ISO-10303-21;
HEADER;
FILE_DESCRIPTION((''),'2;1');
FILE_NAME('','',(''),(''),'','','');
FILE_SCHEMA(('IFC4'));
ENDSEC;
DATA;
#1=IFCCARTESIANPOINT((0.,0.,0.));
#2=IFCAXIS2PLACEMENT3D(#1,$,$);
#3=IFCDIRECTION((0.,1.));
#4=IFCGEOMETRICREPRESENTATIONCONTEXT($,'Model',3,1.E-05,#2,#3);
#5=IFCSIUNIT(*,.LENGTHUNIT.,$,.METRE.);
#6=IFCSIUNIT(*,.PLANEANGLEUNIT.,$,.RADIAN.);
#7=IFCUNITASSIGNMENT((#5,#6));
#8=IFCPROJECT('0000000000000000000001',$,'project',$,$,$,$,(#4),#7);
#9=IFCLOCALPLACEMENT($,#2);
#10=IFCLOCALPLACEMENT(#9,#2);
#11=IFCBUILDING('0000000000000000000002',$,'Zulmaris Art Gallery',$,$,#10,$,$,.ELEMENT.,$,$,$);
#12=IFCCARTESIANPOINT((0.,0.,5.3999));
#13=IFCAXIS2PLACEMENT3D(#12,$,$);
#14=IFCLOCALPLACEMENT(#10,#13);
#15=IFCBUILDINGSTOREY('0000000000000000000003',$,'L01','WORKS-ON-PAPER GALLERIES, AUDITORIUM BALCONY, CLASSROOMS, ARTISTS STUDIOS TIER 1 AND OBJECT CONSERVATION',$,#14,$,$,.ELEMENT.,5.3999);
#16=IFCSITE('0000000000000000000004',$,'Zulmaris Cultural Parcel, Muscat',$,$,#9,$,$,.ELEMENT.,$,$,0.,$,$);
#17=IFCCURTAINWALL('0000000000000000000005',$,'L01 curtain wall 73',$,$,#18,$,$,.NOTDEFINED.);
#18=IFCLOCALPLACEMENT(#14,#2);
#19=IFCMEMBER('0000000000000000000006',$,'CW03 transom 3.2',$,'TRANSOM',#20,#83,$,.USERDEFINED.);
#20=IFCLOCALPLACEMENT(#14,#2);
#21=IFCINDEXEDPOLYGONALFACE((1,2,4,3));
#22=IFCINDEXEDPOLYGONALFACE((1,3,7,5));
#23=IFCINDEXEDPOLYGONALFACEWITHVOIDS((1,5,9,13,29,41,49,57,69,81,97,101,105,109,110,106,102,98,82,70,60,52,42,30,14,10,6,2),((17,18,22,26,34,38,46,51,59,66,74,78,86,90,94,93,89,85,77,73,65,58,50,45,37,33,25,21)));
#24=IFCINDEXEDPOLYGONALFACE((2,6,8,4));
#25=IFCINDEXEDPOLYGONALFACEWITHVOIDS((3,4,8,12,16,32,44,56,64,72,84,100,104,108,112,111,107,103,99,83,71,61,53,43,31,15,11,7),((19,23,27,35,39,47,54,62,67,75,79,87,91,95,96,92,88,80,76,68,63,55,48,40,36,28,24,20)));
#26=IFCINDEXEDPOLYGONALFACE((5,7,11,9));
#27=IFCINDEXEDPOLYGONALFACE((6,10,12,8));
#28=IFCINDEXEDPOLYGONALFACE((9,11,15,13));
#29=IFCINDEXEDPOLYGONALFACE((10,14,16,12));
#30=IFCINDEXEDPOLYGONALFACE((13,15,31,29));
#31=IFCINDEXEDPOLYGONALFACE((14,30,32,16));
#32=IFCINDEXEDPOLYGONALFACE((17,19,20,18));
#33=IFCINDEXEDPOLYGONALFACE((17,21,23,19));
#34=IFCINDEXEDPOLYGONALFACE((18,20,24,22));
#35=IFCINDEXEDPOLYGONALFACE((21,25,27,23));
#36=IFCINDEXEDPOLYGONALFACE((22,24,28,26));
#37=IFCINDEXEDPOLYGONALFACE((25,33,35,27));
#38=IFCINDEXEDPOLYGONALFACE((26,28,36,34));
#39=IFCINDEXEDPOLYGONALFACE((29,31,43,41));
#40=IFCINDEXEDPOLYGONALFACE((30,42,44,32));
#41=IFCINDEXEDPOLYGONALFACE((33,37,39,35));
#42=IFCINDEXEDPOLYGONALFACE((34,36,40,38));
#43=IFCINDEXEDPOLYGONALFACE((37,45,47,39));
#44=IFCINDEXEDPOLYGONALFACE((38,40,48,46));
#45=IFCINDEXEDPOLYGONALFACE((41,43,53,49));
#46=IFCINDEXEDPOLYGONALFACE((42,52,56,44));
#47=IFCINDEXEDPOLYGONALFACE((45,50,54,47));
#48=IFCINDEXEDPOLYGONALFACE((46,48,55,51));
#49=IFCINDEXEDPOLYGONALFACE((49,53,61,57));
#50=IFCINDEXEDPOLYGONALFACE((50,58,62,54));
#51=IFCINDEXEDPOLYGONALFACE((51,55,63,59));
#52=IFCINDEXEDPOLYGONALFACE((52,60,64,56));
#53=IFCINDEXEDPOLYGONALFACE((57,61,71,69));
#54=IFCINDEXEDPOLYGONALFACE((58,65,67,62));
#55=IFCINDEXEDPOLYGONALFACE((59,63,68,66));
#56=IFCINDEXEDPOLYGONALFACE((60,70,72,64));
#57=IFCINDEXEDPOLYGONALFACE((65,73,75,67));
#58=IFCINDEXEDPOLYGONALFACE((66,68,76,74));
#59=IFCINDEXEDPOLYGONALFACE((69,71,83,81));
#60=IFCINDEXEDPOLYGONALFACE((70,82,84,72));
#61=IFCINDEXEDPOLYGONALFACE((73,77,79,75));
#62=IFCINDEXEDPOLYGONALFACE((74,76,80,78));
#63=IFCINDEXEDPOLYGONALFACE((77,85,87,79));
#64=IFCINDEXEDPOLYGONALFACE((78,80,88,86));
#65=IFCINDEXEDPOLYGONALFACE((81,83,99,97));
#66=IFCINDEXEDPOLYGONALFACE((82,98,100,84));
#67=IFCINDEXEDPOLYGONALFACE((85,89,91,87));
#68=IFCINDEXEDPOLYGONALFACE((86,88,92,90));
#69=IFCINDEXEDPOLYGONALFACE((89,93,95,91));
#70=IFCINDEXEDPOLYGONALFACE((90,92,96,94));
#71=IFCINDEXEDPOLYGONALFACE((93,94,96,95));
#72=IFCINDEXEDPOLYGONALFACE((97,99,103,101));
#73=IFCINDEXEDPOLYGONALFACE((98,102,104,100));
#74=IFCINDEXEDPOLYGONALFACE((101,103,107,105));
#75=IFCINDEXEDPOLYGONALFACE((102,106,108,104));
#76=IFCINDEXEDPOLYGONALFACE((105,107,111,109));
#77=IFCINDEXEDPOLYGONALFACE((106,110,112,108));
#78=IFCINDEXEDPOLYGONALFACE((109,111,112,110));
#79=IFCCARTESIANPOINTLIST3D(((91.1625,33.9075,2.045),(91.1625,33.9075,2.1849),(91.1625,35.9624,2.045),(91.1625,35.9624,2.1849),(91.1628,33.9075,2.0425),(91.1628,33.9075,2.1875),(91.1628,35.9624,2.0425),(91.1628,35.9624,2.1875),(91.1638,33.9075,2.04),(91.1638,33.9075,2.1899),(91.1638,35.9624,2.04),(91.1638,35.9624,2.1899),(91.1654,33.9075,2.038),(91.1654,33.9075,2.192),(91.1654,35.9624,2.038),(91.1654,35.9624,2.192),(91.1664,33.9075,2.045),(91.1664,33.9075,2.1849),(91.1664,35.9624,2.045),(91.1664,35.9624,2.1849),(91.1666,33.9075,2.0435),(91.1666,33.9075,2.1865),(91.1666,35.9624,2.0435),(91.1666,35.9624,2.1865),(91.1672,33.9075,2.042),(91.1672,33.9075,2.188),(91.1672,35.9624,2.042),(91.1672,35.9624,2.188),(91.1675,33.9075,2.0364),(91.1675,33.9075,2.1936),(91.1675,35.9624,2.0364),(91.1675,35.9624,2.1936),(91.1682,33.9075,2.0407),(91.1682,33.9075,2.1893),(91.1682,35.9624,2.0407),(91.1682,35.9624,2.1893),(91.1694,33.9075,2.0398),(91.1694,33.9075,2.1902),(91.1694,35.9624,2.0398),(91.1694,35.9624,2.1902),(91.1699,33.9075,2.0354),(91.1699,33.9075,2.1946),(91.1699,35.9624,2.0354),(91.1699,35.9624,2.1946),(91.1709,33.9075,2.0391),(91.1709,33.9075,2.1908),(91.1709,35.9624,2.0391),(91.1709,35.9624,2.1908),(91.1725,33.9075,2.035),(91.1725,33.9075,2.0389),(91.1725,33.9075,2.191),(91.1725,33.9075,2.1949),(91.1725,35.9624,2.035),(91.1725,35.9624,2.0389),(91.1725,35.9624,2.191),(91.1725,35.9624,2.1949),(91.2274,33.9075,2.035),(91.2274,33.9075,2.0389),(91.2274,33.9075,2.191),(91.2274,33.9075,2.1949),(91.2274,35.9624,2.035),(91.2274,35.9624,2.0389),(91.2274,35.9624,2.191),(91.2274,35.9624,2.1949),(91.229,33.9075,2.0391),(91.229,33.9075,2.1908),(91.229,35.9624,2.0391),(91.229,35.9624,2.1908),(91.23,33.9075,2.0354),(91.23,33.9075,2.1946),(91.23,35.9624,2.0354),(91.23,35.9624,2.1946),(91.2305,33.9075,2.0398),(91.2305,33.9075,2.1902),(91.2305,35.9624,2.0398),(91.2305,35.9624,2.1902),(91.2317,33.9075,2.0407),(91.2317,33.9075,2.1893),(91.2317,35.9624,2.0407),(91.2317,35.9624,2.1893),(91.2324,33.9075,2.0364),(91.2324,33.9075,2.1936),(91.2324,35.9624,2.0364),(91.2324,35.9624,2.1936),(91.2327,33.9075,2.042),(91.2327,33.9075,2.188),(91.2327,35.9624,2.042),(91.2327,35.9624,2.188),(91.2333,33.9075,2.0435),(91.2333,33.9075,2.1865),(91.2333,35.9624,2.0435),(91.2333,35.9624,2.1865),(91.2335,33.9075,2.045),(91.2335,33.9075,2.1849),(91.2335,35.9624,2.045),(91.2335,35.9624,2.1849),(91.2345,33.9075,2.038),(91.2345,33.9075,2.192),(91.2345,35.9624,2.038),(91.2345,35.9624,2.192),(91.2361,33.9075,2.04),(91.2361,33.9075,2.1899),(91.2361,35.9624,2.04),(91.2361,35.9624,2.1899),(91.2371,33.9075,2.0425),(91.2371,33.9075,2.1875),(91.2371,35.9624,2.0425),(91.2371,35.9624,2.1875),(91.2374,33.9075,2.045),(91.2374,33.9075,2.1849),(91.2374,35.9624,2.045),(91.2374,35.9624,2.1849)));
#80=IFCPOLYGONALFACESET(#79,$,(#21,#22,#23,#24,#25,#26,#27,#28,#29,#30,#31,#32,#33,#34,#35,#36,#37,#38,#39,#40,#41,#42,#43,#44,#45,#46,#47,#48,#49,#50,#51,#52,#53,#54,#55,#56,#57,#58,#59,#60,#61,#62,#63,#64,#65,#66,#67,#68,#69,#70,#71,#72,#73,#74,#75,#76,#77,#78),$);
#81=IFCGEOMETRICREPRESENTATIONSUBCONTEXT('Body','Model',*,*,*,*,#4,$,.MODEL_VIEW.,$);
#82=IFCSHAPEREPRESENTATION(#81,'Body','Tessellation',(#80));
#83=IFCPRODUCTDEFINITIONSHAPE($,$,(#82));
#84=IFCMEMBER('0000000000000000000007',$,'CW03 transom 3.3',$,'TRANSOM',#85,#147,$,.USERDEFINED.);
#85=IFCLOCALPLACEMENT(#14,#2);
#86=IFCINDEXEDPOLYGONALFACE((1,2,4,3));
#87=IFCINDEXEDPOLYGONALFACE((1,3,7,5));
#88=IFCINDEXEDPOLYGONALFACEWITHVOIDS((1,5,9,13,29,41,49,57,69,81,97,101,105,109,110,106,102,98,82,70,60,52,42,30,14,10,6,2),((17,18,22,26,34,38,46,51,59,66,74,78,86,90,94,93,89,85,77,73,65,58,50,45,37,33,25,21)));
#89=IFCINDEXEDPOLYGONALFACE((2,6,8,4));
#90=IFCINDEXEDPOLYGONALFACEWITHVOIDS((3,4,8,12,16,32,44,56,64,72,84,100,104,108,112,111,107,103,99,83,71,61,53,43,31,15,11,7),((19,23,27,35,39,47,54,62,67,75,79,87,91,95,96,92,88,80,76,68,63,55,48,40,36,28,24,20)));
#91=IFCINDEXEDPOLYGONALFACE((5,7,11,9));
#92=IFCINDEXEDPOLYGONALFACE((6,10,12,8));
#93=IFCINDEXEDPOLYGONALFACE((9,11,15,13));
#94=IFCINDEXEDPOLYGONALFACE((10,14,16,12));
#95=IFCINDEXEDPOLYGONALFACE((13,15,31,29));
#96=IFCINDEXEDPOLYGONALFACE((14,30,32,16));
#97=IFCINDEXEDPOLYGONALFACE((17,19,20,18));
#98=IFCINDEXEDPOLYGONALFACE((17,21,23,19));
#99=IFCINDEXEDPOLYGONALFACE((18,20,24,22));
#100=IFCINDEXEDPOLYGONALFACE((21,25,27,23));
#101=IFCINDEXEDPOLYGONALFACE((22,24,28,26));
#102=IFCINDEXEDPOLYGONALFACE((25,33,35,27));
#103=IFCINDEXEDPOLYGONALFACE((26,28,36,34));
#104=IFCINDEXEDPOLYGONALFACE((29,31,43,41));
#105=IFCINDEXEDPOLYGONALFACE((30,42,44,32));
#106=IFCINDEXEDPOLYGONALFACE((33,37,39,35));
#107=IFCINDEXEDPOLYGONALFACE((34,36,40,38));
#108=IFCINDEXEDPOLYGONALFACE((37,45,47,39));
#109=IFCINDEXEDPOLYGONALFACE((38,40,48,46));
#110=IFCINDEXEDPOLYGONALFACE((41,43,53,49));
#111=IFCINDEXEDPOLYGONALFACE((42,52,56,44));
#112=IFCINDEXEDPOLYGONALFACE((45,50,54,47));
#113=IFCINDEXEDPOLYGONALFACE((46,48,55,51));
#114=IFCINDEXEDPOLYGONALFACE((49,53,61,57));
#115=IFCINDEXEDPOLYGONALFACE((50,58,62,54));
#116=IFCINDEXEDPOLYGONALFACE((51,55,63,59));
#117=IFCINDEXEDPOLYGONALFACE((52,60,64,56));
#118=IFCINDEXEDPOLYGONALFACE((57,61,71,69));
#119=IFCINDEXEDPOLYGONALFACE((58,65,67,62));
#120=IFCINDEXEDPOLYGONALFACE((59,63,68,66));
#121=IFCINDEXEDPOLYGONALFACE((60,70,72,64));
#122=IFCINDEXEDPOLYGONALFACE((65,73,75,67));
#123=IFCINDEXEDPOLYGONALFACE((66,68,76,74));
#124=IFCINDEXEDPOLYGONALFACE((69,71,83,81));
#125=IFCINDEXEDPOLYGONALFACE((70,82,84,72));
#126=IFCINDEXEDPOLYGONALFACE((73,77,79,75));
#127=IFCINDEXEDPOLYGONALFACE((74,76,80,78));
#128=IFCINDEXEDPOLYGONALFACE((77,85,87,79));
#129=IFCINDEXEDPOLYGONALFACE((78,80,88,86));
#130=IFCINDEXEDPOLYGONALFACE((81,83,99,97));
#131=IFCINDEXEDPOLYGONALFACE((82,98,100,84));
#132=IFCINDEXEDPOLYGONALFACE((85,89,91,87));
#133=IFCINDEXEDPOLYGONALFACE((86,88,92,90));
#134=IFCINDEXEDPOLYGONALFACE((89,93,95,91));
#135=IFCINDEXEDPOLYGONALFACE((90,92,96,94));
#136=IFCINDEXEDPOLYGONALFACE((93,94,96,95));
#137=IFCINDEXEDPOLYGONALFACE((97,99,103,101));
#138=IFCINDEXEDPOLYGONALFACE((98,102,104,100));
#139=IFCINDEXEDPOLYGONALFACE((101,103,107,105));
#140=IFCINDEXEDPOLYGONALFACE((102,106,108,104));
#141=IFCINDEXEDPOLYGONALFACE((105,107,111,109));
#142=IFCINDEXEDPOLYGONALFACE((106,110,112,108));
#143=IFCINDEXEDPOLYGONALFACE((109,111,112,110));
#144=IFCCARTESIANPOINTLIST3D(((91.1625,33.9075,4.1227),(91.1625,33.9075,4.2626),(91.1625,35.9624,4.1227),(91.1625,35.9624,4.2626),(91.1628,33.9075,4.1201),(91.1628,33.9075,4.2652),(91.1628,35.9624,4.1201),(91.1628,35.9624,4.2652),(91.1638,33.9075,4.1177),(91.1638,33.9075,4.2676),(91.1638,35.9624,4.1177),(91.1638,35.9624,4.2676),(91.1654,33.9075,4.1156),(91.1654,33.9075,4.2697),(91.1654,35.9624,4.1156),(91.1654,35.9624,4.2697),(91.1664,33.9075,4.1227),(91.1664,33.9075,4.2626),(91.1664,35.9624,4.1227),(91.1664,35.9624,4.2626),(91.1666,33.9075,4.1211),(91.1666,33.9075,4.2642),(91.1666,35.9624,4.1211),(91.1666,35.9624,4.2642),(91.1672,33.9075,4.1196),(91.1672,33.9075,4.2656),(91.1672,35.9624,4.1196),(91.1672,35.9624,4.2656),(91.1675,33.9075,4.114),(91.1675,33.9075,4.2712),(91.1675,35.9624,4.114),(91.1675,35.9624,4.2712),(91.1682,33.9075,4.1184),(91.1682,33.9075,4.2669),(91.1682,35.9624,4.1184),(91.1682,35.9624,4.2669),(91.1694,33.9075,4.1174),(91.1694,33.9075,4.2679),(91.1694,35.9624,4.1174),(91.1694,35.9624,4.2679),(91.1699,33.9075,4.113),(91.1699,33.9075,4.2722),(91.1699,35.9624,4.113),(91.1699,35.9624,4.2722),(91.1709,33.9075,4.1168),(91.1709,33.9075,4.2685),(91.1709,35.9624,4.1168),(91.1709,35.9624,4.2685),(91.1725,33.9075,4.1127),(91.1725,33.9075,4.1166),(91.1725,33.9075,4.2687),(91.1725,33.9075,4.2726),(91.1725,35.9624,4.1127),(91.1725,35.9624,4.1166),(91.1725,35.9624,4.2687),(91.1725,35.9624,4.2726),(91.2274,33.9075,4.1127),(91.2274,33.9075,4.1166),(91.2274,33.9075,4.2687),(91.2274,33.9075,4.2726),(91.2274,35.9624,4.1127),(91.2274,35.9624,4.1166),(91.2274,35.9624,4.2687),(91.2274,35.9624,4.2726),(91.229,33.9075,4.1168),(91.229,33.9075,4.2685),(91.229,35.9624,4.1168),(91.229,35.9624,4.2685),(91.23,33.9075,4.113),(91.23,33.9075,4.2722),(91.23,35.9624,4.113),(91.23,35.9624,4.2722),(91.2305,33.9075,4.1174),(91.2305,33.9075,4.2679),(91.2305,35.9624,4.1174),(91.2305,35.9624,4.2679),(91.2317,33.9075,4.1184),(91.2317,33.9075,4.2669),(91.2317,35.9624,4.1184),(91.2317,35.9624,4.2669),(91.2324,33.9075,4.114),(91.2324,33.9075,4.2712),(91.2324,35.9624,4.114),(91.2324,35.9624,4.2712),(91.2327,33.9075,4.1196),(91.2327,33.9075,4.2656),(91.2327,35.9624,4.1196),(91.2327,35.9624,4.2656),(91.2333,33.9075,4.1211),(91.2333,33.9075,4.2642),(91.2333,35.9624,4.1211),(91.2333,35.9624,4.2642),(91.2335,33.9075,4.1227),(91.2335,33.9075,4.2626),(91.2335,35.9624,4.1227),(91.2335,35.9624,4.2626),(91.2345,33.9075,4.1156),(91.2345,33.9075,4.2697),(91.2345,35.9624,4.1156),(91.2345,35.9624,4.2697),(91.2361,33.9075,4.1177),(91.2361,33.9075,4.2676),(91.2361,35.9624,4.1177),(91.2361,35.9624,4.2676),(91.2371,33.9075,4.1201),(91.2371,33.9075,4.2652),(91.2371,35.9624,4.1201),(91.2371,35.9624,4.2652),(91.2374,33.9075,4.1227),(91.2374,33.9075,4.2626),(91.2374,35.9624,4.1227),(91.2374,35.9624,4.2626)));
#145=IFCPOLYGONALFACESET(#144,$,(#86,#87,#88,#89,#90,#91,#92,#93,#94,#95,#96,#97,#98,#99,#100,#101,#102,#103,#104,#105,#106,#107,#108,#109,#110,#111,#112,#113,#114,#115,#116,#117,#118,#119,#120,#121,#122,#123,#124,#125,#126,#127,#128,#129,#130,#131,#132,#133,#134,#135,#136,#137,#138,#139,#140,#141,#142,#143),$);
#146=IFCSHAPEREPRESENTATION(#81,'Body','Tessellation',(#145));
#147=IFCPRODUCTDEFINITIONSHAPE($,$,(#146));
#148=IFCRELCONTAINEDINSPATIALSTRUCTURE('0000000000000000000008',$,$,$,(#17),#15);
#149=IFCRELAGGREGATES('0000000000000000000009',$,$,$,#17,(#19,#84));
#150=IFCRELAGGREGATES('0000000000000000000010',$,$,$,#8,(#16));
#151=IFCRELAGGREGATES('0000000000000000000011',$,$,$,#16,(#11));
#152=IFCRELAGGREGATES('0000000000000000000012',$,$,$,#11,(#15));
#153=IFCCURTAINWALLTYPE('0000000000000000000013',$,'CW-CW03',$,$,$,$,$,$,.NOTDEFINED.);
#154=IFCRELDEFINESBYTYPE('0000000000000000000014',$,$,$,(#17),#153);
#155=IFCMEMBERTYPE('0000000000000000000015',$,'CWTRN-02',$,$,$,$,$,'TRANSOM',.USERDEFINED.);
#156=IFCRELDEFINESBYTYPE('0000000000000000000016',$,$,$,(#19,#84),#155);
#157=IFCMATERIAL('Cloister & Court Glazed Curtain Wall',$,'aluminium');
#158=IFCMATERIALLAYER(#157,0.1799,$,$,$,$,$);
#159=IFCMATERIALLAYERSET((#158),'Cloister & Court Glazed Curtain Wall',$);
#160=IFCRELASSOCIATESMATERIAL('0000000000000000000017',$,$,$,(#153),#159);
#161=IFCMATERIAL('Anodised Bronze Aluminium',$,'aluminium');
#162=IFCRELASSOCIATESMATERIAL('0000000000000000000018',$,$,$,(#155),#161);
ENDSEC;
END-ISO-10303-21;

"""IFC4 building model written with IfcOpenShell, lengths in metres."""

from ifc_helpers import new_model, si_unit, direction, frame, origin, origin_2d, place, context, subcontext, project, spatial, hollow_rectangle, extrude, material, layer, layer_set, material_profile, profile_set, type_object, element, aggregate, save


model = new_model("IFC4")

# Units and contexts
model_context = context("Model", 3, precision=1e-05, world=origin(), true_north=direction((0.0, 1.0)))
body_context = subcontext(model_context, "Body", "Model", "MODEL_VIEW")
ifc_project = project(units=[si_unit("LENGTHUNIT", "METRE"), si_unit("PLANEANGLEUNIT", "RADIAN")], contexts=[model_context])

# Site, building, storey
site_placement = place(None, origin())
site = spatial("IfcSite", under=ifc_project, at=site_placement, Name="Zulmaris Cultural Parcel, Muscat", CompositionType="ELEMENT", RefElevation=0.0)
building_placement = place(site_placement, origin())
building = spatial("IfcBuilding", under=site, at=building_placement, Name="Zulmaris Art Gallery", CompositionType="ELEMENT")
storey_placement = place(building_placement, frame((0.0, 0.0, 5.3999)))
storey = spatial("IfcBuildingStorey", under=building, at=storey_placement, Name="L01", Description="WORKS-ON-PAPER GALLERIES, AUDITORIUM BALCONY, CLASSROOMS, ARTISTS STUDIOS TIER 1 AND OBJECT CONSERVATION", CompositionType="ELEMENT", Elevation=5.3999)

# Shared definitions
ifc_material_1 = material(Name="Cloister & Court Glazed Curtain Wall", Category="aluminium")
ifc_layer_1 = layer(ifc_material_1, 0.1799)
ifc_layer_set_1 = layer_set([ifc_layer_1], Name="Cloister & Court Glazed Curtain Wall")
curtain_wall_type = type_object("IfcCurtainWallType", Name="CW-CW03", PredefinedType="NOTDEFINED", material=ifc_layer_set_1)
ifc_material_2 = material(Name="Anodised Bronze Aluminium", Category="aluminium")

# Curtain wall
curtain_wall_1_placement = place(storey_placement, origin())
curtain_wall_1 = element("IfcCurtainWall", 1, at=curtain_wall_1_placement, inside=storey, type_object=curtain_wall_type, Name="L01 curtain wall 73", PredefinedType="NOTDEFINED")

# Members
ifc_material_profile_1 = material_profile(ifc_material_2, hollow_rectangle(XDim=0.075, YDim=0.1599, WallThickness=0.0039, InnerFilletRadius=0.0061, OuterFilletRadius=0.01, at=origin_2d()), Name="ALU 75x160x4")
ifc_profile_set_1 = profile_set([ifc_material_profile_1], Name="Anodised Bronze Aluminium")
member_type_1 = type_object("IfcMemberType", Name="CWTRN-02", ElementType="TRANSOM", PredefinedType="USERDEFINED", material=ifc_profile_set_1)
member_1_placement = place(storey_placement, frame((91.2, 35.9624, 2.115), z_axis=(0.0, -1.0, 0.0), x_axis=(1.0, 0.0, 0.0)))
member_1 = element("IfcMember", 2, at=member_1_placement, type_object=member_type_1, Name="CW03 transom 3.2", ObjectType="TRANSOM", PredefinedType="USERDEFINED", context=body_context, shape_type="SweptSolid", body=[
    extrude(hollow_rectangle(XDim=0.075, YDim=0.1599, WallThickness=0.0039, InnerFilletRadius=0.0061, OuterFilletRadius=0.01, at=origin_2d()), origin(), (0.0, 0.0, 1.0), 2.0549),
])
member_2_placement = place(storey_placement, frame((91.2, 35.9624, 4.1926), z_axis=(0.0, -1.0, 0.0), x_axis=(1.0, 0.0, 0.0)))
member_2 = element("IfcMember", 3, at=member_2_placement, type_object=member_type_1, Name="CW03 transom 3.3", ObjectType="TRANSOM", PredefinedType="USERDEFINED", context=body_context, shape_type="SweptSolid", body=[
    extrude(hollow_rectangle(XDim=0.075, YDim=0.1599, WallThickness=0.0039, InnerFilletRadius=0.0061, OuterFilletRadius=0.01, at=origin_2d()), origin(), (0.0, 0.0, 1.0), 2.0549),
])

aggregate(curtain_wall_1, [member_1, member_2])

save(model, "model.ifc")
